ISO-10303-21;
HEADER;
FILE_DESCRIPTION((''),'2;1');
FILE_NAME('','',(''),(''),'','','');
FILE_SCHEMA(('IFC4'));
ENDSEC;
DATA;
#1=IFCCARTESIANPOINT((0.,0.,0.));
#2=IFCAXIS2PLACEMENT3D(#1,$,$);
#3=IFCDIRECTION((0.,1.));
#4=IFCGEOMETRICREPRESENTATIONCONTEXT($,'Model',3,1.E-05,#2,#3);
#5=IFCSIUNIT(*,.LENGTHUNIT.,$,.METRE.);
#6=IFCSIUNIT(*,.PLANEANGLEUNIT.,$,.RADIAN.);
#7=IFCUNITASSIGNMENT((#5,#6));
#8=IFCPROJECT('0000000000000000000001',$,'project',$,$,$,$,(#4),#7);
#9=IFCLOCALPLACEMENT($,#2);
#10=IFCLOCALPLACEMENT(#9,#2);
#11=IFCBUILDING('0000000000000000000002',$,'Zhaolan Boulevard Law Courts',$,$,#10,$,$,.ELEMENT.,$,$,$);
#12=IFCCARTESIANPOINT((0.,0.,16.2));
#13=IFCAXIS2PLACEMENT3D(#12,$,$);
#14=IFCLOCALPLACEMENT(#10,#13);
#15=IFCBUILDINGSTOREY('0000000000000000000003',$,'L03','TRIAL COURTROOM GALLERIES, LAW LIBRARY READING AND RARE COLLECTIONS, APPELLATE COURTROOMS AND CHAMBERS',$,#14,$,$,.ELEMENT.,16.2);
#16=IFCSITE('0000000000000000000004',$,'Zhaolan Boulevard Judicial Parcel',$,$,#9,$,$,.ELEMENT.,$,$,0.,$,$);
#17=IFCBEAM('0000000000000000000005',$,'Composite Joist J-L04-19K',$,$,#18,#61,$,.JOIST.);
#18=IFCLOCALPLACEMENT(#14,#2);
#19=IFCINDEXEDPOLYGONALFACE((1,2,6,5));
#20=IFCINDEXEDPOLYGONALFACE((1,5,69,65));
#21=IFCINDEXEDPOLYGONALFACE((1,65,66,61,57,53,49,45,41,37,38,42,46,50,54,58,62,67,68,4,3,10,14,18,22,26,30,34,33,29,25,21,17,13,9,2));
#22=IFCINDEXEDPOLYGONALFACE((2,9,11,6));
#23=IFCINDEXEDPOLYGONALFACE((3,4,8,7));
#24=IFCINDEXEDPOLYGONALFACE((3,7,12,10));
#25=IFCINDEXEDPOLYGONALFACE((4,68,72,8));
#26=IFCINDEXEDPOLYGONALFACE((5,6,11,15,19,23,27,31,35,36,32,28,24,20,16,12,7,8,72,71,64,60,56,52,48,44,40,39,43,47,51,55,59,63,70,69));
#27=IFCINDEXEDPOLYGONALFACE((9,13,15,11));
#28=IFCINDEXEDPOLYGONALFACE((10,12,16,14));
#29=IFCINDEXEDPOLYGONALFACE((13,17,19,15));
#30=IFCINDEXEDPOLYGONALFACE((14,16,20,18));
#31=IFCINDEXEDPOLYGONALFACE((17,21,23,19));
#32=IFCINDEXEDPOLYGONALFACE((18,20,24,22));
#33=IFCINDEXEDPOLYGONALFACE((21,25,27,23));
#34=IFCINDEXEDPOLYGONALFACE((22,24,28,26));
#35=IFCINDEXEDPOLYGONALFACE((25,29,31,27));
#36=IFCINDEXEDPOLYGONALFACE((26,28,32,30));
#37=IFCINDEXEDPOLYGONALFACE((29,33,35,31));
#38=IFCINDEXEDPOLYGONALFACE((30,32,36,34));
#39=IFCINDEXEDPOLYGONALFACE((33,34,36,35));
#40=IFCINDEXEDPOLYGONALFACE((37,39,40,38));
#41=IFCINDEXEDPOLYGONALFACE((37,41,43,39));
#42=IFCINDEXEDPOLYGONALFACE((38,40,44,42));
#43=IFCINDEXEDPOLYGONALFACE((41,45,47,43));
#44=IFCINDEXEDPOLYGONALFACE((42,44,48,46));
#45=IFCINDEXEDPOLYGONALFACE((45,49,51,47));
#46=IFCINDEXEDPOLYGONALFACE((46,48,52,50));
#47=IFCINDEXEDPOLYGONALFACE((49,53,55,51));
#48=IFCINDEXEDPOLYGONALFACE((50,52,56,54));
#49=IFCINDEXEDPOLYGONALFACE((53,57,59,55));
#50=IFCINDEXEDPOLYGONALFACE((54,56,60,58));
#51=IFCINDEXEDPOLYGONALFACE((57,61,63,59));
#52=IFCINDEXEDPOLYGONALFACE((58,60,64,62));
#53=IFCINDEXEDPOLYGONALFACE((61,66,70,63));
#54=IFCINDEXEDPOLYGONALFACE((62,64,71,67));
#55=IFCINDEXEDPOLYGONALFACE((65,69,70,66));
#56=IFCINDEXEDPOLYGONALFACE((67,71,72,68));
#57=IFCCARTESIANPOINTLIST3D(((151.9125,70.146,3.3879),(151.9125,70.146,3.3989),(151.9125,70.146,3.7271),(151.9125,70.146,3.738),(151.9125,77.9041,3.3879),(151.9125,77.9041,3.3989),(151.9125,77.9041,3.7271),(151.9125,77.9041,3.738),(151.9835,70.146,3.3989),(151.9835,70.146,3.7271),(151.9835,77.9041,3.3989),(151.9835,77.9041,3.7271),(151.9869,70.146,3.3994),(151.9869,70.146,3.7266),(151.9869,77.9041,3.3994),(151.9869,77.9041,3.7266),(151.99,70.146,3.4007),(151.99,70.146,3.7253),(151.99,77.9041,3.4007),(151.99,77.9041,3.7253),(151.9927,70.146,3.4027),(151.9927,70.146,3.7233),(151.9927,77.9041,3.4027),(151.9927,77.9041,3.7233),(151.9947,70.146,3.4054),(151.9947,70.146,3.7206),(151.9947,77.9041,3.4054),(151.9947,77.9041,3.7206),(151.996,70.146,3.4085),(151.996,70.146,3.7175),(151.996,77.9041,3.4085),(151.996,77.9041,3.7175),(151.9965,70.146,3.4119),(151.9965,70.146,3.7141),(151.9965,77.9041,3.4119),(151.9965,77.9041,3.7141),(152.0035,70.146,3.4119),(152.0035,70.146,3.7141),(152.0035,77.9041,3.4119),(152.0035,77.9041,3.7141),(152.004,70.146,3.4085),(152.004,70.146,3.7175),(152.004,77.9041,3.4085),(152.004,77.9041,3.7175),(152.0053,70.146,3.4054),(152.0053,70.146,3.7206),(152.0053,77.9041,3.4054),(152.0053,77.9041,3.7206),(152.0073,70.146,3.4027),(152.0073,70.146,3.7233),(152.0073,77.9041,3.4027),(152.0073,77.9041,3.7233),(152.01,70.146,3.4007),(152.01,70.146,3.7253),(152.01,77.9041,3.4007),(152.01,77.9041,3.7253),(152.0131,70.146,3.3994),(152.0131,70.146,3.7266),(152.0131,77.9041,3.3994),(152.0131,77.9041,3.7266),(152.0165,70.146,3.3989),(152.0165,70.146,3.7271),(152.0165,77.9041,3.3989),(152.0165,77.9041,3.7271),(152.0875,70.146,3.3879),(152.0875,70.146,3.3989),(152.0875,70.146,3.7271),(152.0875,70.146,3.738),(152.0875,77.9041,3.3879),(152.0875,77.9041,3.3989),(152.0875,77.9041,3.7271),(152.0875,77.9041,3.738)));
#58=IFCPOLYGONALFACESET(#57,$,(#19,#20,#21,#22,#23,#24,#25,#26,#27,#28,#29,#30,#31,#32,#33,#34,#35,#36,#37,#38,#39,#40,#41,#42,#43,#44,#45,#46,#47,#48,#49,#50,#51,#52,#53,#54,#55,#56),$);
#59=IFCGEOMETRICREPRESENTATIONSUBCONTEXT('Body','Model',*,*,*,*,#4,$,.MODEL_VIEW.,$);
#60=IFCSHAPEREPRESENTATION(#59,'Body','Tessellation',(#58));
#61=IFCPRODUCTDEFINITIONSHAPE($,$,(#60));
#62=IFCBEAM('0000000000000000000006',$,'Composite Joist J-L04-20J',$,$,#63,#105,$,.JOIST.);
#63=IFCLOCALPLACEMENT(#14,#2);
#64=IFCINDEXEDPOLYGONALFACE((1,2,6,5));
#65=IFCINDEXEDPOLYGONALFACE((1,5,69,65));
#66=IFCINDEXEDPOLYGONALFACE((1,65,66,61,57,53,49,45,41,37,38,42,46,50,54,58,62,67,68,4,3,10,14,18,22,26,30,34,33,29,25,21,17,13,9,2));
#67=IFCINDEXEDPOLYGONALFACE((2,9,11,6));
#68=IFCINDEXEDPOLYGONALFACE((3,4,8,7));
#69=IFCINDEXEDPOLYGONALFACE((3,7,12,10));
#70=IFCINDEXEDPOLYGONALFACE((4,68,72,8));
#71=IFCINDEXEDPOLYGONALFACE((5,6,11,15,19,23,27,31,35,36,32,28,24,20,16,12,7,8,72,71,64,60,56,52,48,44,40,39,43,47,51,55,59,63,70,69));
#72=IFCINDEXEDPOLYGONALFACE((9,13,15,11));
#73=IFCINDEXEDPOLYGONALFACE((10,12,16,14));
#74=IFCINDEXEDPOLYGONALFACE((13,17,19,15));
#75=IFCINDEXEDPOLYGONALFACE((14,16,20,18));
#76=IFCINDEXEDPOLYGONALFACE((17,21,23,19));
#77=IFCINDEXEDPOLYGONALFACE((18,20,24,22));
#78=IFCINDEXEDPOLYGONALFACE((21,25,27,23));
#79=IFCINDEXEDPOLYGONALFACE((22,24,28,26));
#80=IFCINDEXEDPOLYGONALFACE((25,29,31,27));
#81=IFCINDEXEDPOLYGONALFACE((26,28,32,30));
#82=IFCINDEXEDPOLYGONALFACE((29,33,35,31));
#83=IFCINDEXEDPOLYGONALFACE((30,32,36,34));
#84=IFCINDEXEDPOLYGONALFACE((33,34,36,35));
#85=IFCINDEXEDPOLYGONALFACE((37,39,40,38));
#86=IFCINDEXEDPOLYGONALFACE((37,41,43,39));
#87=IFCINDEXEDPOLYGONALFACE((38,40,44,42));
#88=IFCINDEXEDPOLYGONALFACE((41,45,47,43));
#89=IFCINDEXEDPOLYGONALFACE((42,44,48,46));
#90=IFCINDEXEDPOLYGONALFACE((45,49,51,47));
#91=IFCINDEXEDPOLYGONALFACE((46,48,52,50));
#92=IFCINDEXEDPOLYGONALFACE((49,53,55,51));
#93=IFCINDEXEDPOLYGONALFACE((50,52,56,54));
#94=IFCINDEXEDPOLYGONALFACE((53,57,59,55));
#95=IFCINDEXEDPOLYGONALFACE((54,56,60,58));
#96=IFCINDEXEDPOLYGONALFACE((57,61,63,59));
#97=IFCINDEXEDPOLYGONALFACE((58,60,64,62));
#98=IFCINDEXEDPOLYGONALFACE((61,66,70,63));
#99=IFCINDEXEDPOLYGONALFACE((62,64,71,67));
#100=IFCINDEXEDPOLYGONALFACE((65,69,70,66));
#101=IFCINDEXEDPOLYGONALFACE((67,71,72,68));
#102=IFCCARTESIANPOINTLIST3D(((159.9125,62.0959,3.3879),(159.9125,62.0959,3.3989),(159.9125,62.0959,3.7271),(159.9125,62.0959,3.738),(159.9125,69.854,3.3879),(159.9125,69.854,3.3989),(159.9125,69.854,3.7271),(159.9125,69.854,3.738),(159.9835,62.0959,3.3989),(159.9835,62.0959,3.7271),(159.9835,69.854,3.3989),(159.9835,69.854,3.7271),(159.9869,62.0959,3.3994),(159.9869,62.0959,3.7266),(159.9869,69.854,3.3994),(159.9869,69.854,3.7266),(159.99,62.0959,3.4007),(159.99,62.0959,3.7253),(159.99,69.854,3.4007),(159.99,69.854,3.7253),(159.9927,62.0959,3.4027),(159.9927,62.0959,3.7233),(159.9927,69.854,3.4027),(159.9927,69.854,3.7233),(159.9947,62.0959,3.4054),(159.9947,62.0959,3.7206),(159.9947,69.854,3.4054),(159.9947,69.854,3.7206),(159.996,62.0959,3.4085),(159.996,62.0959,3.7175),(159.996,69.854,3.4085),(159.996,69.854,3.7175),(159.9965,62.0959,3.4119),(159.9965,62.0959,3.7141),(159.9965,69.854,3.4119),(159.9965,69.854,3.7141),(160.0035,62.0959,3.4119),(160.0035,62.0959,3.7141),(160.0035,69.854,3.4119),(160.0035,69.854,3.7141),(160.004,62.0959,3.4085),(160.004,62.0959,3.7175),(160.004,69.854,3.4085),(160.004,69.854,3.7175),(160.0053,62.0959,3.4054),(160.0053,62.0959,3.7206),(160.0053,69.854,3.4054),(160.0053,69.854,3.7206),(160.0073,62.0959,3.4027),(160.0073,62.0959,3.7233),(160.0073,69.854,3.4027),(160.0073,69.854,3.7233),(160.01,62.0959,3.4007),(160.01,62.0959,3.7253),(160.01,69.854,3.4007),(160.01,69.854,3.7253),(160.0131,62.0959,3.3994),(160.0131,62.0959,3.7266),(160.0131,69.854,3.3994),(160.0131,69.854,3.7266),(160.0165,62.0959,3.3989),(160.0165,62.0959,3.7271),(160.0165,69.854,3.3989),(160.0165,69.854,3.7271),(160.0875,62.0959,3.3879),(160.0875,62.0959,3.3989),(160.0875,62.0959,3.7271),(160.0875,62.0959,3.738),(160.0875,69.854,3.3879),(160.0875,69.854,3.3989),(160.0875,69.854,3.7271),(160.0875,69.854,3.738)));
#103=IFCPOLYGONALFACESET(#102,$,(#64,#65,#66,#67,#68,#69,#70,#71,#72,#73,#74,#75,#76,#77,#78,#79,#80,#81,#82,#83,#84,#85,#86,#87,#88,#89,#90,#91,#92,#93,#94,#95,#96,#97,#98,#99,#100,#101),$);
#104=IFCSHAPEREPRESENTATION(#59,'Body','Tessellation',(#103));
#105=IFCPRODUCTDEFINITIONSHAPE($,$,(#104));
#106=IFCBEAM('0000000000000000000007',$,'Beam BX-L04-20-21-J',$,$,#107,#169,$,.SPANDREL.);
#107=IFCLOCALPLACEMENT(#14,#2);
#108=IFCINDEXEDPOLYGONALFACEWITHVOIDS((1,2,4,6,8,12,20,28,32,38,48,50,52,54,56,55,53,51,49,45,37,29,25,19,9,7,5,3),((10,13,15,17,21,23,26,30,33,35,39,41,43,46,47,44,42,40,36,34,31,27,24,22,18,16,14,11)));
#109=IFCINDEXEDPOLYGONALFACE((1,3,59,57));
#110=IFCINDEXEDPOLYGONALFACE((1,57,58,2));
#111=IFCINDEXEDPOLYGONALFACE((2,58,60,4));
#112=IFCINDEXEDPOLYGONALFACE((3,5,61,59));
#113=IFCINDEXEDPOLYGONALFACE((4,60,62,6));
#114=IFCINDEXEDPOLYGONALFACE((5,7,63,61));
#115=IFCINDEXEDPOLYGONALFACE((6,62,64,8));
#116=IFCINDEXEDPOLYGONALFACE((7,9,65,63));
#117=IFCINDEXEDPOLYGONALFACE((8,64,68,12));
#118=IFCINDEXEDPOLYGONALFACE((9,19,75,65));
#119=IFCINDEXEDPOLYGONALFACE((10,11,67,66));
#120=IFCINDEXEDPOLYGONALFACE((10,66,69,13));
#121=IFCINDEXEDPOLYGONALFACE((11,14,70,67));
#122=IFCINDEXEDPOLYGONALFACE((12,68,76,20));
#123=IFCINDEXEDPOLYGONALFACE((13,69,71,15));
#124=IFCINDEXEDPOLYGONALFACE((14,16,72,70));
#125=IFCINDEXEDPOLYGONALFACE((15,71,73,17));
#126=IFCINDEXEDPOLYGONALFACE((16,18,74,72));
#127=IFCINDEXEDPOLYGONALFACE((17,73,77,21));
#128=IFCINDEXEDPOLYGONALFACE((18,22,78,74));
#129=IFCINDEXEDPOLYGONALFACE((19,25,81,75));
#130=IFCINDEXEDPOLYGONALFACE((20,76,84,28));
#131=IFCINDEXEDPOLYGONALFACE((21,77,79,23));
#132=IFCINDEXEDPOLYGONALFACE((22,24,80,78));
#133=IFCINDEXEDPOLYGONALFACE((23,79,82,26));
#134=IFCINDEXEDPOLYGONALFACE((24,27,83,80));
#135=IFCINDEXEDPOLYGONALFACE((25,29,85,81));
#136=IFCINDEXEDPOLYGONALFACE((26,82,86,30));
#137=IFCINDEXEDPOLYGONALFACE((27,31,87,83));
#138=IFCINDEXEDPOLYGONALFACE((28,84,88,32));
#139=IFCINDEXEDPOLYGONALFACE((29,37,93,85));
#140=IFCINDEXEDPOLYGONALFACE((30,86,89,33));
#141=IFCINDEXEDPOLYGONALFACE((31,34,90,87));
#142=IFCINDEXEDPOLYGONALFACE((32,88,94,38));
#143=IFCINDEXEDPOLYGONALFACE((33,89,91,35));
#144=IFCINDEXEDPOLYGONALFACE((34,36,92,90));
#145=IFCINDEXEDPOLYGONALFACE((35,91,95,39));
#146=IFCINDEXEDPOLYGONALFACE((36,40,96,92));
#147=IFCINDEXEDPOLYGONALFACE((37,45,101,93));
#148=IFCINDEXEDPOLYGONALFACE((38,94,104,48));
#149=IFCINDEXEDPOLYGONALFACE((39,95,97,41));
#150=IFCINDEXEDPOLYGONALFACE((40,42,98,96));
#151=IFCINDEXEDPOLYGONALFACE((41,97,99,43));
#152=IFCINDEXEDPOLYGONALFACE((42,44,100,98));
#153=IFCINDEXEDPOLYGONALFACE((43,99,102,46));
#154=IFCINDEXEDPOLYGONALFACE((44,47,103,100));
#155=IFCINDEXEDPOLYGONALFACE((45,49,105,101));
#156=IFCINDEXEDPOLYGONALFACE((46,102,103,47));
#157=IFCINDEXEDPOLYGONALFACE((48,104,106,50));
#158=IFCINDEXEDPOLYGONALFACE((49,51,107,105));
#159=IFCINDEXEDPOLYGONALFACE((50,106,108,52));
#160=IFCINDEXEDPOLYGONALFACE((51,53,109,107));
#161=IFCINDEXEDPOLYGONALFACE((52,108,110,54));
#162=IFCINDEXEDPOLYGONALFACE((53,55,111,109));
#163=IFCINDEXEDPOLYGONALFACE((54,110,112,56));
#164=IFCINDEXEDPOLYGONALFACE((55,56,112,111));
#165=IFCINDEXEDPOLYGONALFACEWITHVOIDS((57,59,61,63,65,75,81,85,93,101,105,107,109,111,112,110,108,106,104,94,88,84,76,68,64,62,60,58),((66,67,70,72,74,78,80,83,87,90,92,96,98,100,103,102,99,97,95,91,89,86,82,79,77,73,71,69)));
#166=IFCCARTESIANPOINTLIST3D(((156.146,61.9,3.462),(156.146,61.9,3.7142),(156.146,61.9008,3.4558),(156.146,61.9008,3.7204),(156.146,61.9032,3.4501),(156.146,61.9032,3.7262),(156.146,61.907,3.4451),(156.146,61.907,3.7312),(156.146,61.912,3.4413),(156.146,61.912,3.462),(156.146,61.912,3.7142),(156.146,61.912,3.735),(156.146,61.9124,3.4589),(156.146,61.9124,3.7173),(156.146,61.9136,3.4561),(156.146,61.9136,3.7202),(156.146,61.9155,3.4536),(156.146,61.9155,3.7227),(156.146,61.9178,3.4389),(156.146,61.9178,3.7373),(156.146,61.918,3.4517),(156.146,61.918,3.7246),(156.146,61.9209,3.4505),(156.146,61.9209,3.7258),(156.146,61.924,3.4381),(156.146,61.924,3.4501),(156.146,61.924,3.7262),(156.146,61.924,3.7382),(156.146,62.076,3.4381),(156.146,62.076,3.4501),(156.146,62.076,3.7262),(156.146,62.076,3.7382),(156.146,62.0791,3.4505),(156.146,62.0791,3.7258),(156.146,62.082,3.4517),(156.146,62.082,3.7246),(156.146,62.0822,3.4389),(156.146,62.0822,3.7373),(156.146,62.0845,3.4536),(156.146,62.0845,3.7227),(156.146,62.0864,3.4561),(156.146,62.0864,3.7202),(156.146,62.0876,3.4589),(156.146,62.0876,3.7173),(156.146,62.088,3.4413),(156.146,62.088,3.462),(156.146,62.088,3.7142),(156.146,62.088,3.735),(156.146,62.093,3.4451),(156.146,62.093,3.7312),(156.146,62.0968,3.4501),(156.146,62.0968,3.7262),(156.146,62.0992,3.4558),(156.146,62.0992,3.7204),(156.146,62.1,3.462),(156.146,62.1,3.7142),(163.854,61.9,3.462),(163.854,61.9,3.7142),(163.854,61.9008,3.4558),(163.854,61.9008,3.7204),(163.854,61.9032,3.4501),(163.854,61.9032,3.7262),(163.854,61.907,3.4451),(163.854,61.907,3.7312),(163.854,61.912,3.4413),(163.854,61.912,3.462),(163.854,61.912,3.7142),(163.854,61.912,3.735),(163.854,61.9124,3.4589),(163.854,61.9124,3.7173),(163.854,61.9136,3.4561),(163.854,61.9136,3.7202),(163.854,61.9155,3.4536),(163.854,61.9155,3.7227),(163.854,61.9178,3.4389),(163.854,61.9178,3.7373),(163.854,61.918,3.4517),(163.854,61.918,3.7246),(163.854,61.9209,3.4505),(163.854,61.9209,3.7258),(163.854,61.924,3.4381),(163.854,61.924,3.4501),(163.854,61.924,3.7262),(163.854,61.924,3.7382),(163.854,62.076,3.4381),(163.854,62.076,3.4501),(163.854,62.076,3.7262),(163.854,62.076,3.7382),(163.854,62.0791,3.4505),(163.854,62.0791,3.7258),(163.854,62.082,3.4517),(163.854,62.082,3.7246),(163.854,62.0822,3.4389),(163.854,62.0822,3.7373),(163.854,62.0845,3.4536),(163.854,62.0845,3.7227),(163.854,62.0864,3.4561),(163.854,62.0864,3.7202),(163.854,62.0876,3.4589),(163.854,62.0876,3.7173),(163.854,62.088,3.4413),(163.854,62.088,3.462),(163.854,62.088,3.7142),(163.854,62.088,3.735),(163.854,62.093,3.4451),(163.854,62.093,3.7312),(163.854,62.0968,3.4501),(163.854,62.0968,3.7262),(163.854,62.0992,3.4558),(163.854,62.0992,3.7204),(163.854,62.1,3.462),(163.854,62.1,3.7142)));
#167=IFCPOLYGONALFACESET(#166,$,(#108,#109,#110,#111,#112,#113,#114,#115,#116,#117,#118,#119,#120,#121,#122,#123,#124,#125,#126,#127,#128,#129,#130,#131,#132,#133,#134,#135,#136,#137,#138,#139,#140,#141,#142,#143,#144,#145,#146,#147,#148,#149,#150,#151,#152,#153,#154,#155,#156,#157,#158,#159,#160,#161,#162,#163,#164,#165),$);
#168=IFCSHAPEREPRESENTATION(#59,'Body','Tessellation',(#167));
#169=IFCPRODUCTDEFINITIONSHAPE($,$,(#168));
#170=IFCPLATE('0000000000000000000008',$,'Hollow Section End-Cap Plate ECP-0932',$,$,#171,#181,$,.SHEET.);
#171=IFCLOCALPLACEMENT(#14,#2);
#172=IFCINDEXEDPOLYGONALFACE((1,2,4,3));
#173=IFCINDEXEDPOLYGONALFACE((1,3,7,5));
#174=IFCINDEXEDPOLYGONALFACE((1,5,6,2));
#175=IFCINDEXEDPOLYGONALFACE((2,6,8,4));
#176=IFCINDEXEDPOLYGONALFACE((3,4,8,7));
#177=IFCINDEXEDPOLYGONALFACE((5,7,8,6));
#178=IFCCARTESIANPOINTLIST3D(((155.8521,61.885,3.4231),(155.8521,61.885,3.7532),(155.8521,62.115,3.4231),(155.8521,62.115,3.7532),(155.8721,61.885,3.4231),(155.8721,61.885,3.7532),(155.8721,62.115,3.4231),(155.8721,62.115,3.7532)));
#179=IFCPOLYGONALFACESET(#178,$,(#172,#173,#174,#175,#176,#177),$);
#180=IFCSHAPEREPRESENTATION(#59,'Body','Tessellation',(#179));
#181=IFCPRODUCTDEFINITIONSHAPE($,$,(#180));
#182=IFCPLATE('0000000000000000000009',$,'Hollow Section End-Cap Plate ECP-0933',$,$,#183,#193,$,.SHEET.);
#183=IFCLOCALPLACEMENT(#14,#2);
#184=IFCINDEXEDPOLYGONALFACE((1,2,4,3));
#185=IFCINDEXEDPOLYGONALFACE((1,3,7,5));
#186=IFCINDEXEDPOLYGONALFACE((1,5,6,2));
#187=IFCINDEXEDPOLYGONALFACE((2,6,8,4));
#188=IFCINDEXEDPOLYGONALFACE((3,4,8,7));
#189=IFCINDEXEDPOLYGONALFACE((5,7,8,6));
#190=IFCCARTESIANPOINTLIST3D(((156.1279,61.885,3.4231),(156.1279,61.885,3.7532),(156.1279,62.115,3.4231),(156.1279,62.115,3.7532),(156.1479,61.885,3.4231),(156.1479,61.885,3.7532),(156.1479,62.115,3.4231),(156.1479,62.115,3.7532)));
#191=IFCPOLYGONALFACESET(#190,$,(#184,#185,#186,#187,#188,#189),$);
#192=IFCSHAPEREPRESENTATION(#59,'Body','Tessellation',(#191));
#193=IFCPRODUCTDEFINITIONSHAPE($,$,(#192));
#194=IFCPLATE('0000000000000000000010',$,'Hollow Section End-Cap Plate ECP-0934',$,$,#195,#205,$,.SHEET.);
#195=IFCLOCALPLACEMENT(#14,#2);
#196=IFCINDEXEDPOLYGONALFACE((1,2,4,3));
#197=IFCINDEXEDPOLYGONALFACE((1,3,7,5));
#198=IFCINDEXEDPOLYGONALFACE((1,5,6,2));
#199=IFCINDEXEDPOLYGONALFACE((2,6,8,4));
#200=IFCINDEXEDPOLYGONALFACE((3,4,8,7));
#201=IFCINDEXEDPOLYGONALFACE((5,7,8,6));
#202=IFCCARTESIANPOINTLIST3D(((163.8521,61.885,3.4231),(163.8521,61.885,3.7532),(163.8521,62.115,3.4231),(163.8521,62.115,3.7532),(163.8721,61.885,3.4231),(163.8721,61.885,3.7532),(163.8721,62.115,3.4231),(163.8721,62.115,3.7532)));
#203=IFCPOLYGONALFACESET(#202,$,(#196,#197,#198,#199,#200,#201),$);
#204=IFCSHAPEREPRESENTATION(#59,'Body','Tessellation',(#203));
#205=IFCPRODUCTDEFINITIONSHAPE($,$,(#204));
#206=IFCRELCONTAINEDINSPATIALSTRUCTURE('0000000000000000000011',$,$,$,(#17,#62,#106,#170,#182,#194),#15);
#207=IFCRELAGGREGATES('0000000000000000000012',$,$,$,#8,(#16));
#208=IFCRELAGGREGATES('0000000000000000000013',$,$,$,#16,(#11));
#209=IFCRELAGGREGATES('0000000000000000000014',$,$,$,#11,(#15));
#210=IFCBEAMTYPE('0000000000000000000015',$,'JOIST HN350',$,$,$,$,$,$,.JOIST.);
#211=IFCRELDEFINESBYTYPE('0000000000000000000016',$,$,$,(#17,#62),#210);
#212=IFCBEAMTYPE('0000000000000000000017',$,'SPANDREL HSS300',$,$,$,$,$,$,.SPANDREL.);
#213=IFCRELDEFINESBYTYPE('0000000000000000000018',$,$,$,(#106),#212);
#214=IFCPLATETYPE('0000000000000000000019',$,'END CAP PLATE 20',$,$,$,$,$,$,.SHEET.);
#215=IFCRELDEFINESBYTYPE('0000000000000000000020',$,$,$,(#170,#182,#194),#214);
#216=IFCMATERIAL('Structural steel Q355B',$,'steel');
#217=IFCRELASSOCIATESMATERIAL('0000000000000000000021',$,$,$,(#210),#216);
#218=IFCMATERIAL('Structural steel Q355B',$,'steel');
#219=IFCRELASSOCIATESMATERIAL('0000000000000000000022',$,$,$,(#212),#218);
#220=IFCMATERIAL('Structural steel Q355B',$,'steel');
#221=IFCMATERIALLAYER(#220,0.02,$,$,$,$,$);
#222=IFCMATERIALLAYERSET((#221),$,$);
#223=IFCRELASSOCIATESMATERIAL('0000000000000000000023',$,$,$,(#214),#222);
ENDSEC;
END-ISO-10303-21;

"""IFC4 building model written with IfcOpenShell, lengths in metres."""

from ifc_helpers import new_model, si_unit, direction, frame, origin, origin_2d, place, context, subcontext, project, spatial, rectangle, hollow_rectangle, i_section, extrude, material, layer, layer_set, material_profile, profile_set, type_object, element, save


model = new_model("IFC4")

# Units and contexts
model_context = context("Model", 3, precision=1e-05, world=origin(), true_north=direction((0.0, 1.0)))
body_context = subcontext(model_context, "Body", "Model", "MODEL_VIEW")
ifc_project = project(units=[si_unit("LENGTHUNIT", "METRE"), si_unit("PLANEANGLEUNIT", "RADIAN")], contexts=[model_context])

# Site, building, storey
site_placement = place(None, origin())
site = spatial("IfcSite", under=ifc_project, at=site_placement, Name="Zhaolan Boulevard Judicial Parcel", CompositionType="ELEMENT", RefElevation=0.0)
building_placement = place(site_placement, origin())
building = spatial("IfcBuilding", under=site, at=building_placement, Name="Zhaolan Boulevard Law Courts", CompositionType="ELEMENT")
storey_placement = place(building_placement, frame((0.0, 0.0, 16.2)))
storey = spatial("IfcBuildingStorey", under=building, at=storey_placement, Name="L03", Description="TRIAL COURTROOM GALLERIES, LAW LIBRARY READING AND RARE COLLECTIONS, APPELLATE COURTROOMS AND CHAMBERS", CompositionType="ELEMENT", Elevation=16.2)

# Beams
ifc_material_1 = material(Name="Structural steel Q355B", Category="steel")
ifc_material_profile_1 = material_profile(ifc_material_1, i_section(OverallWidth=0.175, OverallDepth=0.3501, WebThickness=0.0071, FlangeThickness=0.011, FilletRadius=0.0129, at=origin_2d()), Name="HN350x175")
ifc_profile_set_1 = profile_set([ifc_material_profile_1], Name="Structural steel Q355B")
beam_type_1 = type_object("IfcBeamType", Name="JOIST HN350", PredefinedType="JOIST", material=ifc_profile_set_1)
for number, where, z_axis, x_axis, name in (
    (1, (152.0, 70.146, 3.563), (0.0, 1.0, 0.0), (-1.0, 0.0, 0.0), "Composite Joist J-L04-19K"),
    (2, (160.0, 62.0959, 3.563), (0.0, 1.0, 0.0), (-1.0, 0.0, 0.0), "Composite Joist J-L04-20J"),
):
    element("IfcBeam", number, at=place(storey_placement, frame(where, z_axis=z_axis, x_axis=x_axis)), inside=storey, type_object=beam_type_1, Name=name, PredefinedType="JOIST", context=body_context, shape_type="SweptSolid", body=[
        extrude(i_section(OverallWidth=0.175, OverallDepth=0.3501, WebThickness=0.0071, FlangeThickness=0.011, FilletRadius=0.0129, at=origin_2d()), origin(), (0.0, 0.0, 1.0), 7.7581),
    ])
ifc_material_2 = material(Name="Structural steel Q355B", Category="steel")
ifc_material_profile_2 = material_profile(ifc_material_2, hollow_rectangle(XDim=0.2, YDim=0.3, WallThickness=0.012, InnerFilletRadius=0.012, OuterFilletRadius=0.0239, at=origin_2d()), Name="HSS300x200x12")
ifc_profile_set_2 = profile_set([ifc_material_profile_2], Name="Structural steel Q355B")
beam_type_2 = type_object("IfcBeamType", Name="SPANDREL HSS300", PredefinedType="SPANDREL", material=ifc_profile_set_2)
beam_1_placement = place(storey_placement, frame((156.146, 62.0, 3.5881), z_axis=(1.0, 0.0, 0.0), x_axis=(0.0, 1.0, 0.0)))
element("IfcBeam", 3, at=beam_1_placement, inside=storey, type_object=beam_type_2, Name="Beam BX-L04-20-21-J", PredefinedType="SPANDREL", context=body_context, shape_type="SweptSolid", body=[
    extrude(hollow_rectangle(XDim=0.2, YDim=0.3, WallThickness=0.012, InnerFilletRadius=0.012, OuterFilletRadius=0.0239, at=origin_2d()), origin(), (0.0, 0.0, 1.0), 7.708),
])

# Plates
ifc_material_3 = material(Name="Structural steel Q355B", Category="steel")
ifc_layer_1 = layer(ifc_material_3, 0.02)
ifc_layer_set_1 = layer_set([ifc_layer_1])
plate_type_1 = type_object("IfcPlateType", Name="END CAP PLATE 20", PredefinedType="SHEET", material=ifc_layer_set_1)
for number, where, z_axis, x_axis, name in (
    (4, (155.8621, 62.0, 3.4231), (0.0, 0.0, 1.0), (1.0, 0.0, 0.0), "Hollow Section End-Cap Plate ECP-0932"),
    (5, (156.1379, 62.0, 3.4231), (0.0, 0.0, 1.0), (1.0, 0.0, 0.0), "Hollow Section End-Cap Plate ECP-0933"),
    (6, (163.8621, 62.0, 3.4231), (0.0, 0.0, 1.0), (1.0, 0.0, 0.0), "Hollow Section End-Cap Plate ECP-0934"),
):
    element("IfcPlate", number, at=place(storey_placement, frame(where, z_axis=z_axis, x_axis=x_axis)), inside=storey, type_object=plate_type_1, Name=name, PredefinedType="SHEET", context=body_context, shape_type="SweptSolid", body=[
        extrude(rectangle(XDim=0.02, YDim=0.23, at=origin_2d()), origin(), (0.0, 0.0, 1.0), 0.3301),
    ])

save(model, "model.ifc")
